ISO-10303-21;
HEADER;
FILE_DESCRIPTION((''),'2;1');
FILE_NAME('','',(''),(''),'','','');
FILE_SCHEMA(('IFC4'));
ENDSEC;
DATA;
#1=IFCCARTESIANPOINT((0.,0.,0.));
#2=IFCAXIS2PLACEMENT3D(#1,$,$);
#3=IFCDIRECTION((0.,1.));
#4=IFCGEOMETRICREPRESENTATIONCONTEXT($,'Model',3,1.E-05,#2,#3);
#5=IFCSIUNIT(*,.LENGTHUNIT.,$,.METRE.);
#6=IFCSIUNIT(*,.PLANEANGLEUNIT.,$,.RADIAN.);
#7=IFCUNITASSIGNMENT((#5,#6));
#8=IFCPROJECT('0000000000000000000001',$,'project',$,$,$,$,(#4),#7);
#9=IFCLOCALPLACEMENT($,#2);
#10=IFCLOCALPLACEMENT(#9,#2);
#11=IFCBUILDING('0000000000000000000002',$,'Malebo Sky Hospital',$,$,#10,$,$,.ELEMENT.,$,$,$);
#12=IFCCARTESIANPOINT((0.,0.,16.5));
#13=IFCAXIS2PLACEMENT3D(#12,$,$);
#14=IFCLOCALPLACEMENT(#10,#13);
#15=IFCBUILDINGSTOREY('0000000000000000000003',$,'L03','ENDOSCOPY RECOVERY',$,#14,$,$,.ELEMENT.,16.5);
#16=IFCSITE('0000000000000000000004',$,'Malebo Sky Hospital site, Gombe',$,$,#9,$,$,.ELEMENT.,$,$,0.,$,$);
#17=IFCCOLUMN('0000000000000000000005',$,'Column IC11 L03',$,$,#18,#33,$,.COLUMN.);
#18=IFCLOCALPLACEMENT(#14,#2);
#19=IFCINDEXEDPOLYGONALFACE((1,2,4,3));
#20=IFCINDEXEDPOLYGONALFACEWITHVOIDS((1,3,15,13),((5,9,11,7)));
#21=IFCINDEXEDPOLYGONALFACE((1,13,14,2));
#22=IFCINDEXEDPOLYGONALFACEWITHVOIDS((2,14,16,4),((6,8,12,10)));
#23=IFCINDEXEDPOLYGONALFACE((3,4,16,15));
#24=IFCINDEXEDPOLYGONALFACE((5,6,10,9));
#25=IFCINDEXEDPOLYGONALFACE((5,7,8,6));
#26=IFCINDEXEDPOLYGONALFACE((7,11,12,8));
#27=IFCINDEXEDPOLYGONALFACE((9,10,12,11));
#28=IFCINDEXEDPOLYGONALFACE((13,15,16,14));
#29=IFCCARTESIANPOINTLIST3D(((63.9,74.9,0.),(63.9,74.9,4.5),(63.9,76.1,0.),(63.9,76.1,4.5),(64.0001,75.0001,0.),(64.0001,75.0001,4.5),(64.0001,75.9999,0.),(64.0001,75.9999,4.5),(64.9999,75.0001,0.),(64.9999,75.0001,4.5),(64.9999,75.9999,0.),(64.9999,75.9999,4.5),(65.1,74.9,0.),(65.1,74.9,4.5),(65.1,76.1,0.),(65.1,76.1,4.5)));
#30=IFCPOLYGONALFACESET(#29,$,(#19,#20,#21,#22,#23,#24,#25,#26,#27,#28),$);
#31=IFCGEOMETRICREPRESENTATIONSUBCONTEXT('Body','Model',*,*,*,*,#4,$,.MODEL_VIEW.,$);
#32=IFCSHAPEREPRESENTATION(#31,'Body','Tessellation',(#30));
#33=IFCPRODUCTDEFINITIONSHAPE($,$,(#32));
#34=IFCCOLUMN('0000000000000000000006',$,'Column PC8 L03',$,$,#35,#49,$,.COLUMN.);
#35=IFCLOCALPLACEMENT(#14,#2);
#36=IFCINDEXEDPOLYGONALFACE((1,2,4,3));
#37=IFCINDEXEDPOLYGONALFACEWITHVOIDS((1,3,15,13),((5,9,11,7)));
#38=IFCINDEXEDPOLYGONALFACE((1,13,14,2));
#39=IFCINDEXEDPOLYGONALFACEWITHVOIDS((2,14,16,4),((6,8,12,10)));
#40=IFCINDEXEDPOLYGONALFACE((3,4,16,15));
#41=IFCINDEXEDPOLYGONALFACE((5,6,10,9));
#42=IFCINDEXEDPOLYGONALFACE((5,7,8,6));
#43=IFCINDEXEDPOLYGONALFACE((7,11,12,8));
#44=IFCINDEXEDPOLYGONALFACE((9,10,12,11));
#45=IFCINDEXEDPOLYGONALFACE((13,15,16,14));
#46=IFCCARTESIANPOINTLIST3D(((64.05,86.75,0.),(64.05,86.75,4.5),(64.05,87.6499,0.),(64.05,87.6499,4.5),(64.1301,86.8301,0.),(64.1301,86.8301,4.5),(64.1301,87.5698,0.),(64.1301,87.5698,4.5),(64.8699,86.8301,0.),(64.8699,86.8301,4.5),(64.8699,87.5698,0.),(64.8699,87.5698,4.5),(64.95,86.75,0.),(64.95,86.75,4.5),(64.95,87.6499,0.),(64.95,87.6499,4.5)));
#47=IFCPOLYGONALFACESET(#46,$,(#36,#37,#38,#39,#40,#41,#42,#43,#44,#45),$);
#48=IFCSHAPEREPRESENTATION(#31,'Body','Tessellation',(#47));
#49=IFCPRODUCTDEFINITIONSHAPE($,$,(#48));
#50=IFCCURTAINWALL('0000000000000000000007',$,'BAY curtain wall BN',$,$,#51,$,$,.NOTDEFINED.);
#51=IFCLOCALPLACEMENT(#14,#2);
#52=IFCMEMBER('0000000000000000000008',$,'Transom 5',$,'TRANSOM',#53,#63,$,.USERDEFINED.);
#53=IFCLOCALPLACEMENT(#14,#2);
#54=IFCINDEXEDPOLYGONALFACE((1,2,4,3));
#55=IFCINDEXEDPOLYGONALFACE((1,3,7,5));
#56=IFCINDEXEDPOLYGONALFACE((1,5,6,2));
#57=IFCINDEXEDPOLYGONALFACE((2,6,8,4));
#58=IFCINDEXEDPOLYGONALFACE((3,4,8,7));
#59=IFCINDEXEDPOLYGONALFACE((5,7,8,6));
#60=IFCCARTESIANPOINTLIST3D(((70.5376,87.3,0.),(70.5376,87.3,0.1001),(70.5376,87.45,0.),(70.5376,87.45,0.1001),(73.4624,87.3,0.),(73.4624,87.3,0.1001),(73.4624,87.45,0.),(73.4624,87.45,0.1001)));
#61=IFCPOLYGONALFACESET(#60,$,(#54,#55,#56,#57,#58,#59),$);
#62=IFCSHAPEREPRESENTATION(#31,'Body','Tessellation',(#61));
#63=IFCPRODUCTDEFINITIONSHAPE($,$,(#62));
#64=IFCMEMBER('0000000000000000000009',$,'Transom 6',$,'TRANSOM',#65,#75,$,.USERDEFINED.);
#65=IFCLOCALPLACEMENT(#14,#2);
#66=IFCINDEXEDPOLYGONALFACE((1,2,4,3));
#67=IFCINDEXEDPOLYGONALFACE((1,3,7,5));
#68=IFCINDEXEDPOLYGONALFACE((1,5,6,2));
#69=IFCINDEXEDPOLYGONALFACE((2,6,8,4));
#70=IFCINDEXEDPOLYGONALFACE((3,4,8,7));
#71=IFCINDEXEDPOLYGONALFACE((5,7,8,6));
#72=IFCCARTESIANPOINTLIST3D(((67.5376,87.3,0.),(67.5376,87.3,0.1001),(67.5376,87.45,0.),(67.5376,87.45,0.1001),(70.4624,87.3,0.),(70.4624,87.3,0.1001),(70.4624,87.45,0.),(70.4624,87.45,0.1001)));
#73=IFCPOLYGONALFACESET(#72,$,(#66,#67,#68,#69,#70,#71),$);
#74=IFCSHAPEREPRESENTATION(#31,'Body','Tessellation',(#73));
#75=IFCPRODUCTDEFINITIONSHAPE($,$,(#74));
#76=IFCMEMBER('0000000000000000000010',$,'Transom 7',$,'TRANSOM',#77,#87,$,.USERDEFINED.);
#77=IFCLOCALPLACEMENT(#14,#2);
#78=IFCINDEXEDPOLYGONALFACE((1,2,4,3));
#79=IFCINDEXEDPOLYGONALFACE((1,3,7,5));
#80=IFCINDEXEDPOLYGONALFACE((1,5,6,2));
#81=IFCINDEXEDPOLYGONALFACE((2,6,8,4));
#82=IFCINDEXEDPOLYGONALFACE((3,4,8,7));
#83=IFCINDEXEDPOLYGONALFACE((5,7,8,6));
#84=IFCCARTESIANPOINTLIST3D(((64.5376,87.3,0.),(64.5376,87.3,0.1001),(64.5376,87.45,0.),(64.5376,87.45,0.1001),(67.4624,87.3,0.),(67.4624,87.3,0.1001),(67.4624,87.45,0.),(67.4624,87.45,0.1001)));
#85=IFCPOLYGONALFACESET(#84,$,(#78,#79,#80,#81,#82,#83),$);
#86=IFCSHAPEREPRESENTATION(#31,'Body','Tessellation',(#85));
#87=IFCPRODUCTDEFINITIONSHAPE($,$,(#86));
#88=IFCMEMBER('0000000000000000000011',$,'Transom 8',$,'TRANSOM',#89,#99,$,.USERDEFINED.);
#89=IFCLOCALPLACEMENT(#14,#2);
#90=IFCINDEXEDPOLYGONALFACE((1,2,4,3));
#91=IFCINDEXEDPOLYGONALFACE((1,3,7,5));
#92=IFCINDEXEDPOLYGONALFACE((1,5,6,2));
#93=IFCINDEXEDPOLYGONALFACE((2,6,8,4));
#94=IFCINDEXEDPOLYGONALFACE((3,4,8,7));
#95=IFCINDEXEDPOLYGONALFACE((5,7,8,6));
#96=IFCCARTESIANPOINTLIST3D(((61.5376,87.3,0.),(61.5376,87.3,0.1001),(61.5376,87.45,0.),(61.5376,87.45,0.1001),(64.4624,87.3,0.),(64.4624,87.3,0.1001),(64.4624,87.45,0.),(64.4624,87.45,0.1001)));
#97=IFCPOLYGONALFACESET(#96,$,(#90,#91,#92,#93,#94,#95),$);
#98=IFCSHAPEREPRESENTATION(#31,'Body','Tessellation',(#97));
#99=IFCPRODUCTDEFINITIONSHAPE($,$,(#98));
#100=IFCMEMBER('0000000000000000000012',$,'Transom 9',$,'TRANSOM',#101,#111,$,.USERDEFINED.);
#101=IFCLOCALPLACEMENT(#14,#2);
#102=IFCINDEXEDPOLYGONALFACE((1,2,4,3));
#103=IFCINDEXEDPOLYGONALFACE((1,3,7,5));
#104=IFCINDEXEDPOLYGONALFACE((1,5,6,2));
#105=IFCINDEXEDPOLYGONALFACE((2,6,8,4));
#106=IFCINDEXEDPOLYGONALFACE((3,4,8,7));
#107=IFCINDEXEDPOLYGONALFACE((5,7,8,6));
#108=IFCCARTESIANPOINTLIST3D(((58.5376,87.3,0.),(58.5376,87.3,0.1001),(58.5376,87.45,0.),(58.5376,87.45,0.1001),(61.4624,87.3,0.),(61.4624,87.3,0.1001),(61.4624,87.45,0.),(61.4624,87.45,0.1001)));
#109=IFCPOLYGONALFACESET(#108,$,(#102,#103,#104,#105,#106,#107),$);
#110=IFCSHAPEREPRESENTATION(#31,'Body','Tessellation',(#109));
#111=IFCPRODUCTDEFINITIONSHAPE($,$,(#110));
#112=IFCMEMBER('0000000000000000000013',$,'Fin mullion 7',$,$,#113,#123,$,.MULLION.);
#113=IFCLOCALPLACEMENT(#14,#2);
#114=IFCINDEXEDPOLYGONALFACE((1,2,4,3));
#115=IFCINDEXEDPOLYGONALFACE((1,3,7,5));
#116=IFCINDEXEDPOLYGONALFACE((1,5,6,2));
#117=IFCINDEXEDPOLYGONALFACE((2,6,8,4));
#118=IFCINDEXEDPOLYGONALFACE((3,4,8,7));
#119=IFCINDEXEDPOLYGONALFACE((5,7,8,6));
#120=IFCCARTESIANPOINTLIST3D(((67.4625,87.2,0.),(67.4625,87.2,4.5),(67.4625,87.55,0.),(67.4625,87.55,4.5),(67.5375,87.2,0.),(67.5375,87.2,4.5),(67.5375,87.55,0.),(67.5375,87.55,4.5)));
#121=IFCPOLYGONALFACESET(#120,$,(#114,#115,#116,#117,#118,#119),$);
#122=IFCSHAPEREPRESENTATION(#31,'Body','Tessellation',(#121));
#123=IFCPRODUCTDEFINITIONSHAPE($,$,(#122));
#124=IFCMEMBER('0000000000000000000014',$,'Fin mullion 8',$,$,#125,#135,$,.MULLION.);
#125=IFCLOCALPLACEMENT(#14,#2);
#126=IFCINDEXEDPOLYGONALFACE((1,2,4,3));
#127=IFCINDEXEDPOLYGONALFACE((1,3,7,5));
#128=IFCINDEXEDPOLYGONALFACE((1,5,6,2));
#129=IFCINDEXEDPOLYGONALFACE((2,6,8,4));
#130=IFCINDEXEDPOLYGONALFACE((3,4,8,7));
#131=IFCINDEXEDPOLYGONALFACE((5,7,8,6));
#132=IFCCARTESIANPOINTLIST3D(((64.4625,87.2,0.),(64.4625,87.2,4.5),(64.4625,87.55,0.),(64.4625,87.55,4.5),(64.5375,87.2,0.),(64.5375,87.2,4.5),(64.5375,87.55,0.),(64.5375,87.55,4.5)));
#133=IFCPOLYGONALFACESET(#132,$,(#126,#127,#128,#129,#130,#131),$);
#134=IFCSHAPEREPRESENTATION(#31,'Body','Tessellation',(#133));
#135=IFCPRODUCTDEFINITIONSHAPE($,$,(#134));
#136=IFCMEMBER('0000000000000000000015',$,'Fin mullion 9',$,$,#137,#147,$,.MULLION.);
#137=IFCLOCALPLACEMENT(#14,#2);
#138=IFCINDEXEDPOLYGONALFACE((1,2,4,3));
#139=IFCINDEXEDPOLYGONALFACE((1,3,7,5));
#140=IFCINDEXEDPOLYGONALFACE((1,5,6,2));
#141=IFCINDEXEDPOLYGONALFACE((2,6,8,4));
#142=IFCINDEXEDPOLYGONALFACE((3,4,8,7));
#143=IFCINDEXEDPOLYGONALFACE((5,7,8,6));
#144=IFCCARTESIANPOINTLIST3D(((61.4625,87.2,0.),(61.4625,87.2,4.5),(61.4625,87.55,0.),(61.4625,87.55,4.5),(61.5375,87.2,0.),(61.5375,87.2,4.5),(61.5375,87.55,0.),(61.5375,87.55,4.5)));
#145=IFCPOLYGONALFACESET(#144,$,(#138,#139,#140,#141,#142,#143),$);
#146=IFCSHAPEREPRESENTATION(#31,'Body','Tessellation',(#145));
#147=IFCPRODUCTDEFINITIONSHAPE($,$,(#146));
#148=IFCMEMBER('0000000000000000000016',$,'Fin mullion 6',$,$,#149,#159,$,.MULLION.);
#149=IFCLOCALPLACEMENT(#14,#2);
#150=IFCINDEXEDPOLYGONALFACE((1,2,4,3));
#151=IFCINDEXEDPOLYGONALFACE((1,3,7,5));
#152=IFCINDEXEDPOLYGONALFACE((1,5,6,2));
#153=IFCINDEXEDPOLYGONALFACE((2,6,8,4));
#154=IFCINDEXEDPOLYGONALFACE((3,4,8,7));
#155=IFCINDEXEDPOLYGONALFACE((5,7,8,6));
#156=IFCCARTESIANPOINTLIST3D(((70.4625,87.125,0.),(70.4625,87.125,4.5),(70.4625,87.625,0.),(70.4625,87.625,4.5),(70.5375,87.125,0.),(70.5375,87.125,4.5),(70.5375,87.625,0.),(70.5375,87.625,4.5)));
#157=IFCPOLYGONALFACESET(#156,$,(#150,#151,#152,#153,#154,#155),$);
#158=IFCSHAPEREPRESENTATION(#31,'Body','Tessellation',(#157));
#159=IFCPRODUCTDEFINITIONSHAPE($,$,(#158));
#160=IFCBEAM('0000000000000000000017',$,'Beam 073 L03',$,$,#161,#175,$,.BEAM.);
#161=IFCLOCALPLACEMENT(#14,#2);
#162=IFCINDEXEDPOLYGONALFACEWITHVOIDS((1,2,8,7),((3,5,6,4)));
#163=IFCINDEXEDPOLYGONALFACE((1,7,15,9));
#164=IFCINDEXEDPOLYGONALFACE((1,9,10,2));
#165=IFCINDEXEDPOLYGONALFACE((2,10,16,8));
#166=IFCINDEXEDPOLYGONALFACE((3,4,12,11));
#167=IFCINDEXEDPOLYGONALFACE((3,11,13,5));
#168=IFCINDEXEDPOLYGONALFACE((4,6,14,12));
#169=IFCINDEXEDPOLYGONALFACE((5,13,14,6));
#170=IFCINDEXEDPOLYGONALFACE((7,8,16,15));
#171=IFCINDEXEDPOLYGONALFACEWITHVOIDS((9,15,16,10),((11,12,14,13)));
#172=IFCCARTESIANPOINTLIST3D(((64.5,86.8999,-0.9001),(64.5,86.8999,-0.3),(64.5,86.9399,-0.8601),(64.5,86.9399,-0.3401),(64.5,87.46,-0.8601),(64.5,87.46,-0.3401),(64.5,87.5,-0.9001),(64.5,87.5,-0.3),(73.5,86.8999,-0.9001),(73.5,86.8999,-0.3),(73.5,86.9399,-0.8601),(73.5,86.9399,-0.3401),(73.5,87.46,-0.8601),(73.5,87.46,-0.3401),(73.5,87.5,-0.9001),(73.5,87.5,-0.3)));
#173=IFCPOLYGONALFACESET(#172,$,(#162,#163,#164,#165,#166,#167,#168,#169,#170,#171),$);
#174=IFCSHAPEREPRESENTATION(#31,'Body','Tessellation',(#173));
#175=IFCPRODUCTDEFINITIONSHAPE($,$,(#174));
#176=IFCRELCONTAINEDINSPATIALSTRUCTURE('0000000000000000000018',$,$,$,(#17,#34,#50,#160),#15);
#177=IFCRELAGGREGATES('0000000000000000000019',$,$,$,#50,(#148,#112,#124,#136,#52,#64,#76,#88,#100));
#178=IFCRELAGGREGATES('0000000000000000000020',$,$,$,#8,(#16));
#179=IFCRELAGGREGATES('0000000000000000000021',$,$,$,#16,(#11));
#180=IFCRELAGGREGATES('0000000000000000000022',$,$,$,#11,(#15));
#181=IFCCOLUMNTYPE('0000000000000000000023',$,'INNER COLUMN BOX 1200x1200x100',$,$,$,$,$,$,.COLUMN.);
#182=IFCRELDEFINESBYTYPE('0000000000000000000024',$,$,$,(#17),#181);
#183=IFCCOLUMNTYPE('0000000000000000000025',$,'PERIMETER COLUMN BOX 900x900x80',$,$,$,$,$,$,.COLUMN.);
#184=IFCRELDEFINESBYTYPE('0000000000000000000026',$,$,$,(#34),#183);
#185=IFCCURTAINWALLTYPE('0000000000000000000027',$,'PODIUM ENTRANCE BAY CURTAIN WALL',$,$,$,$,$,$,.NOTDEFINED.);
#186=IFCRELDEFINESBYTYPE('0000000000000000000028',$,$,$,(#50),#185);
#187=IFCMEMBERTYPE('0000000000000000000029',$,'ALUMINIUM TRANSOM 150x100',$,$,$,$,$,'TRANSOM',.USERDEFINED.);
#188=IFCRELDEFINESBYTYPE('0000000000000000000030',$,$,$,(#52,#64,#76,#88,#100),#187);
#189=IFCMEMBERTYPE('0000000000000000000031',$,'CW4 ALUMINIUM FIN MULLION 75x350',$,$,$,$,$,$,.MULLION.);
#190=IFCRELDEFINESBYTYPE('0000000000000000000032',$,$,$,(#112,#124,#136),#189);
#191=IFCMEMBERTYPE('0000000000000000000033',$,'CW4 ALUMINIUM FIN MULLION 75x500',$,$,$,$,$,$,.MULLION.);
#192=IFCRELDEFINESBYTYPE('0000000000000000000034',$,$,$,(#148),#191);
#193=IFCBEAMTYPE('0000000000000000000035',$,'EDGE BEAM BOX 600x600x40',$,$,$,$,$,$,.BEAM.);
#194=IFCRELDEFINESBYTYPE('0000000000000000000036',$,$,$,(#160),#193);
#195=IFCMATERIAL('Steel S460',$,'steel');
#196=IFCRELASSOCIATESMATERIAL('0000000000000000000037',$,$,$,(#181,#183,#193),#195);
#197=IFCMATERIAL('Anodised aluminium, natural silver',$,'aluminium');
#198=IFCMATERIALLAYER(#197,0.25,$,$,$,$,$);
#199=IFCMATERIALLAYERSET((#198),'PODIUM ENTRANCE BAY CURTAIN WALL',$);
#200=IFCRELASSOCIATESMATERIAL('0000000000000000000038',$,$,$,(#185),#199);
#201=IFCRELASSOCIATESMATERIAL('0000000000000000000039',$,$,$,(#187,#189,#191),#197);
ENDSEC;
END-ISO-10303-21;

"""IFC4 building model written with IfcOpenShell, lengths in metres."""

from ifc_helpers import new_model, si_unit, direction, frame, origin, origin_2d, place, context, subcontext, project, spatial, rectangle, hollow_rectangle, extrude, material, layer, layer_set, material_profile, profile_set, type_object, element, aggregate, save


model = new_model("IFC4")

# Units and contexts
model_context = context("Model", 3, precision=1e-05, world=origin(), true_north=direction((0.0, 1.0)))
body_context = subcontext(model_context, "Body", "Model", "MODEL_VIEW")
ifc_project = project(units=[si_unit("LENGTHUNIT", "METRE"), si_unit("PLANEANGLEUNIT", "RADIAN")], contexts=[model_context])

# Site, building, storey
site_placement = place(None, origin())
site = spatial("IfcSite", under=ifc_project, at=site_placement, Name="Malebo Sky Hospital site, Gombe", CompositionType="ELEMENT", RefElevation=0.0)
building_placement = place(site_placement, origin())
building = spatial("IfcBuilding", under=site, at=building_placement, Name="Malebo Sky Hospital", CompositionType="ELEMENT")
storey_placement = place(building_placement, frame((0.0, 0.0, 16.5)))
storey = spatial("IfcBuildingStorey", under=building, at=storey_placement, Name="L03", Description="ENDOSCOPY RECOVERY", CompositionType="ELEMENT", Elevation=16.5)

# Columns
ifc_material_1 = material(Name="Steel S460", Category="steel")
ifc_material_profile_1 = material_profile(ifc_material_1, hollow_rectangle(XDim=1.2, YDim=1.2, WallThickness=0.1001, at=origin_2d()), Name="BOX 1200x1200x100")
ifc_profile_set_1 = profile_set([ifc_material_profile_1], Name="Steel S460")
column_type_1 = type_object("IfcColumnType", Name="INNER COLUMN BOX 1200x1200x100", PredefinedType="COLUMN", material=ifc_profile_set_1)
column_1_placement = place(storey_placement, frame((64.5, 75.5, 0.0), z_axis=(0.0, 0.0, 1.0), x_axis=(1.0, 0.0, 0.0)))
element("IfcColumn", 1, at=column_1_placement, inside=storey, type_object=column_type_1, Name="Column IC11 L03", PredefinedType="COLUMN", context=body_context, shape_type="SweptSolid", body=[
    extrude(hollow_rectangle(XDim=1.2, YDim=1.2, WallThickness=0.1001, at=origin_2d()), origin(), (0.0, 0.0, 1.0), 4.5),
])
ifc_material_profile_2 = material_profile(ifc_material_1, hollow_rectangle(XDim=0.8999, YDim=0.8999, WallThickness=0.0801, at=origin_2d()), Name="BOX 900x900x80")
ifc_profile_set_2 = profile_set([ifc_material_profile_2], Name="Steel S460")
column_type_2 = type_object("IfcColumnType", Name="PERIMETER COLUMN BOX 900x900x80", PredefinedType="COLUMN", material=ifc_profile_set_2)
column_2_placement = place(storey_placement, frame((64.5, 87.2, 0.0), z_axis=(0.0, 0.0, 1.0), x_axis=(1.0, 0.0, 0.0)))
element("IfcColumn", 2, at=column_2_placement, inside=storey, type_object=column_type_2, Name="Column PC8 L03", PredefinedType="COLUMN", context=body_context, shape_type="SweptSolid", body=[
    extrude(hollow_rectangle(XDim=0.8999, YDim=0.8999, WallThickness=0.0801, at=origin_2d()), origin(), (0.0, 0.0, 1.0), 4.5),
])

# Curtain wall, members
ifc_material_2 = material(Name="Anodised aluminium, natural silver", Category="aluminium")
ifc_layer_1 = layer(ifc_material_2, 0.25)
ifc_layer_set_1 = layer_set([ifc_layer_1], Name="PODIUM ENTRANCE BAY CURTAIN WALL")
curtain_wall_type = type_object("IfcCurtainWallType", Name="PODIUM ENTRANCE BAY CURTAIN WALL", PredefinedType="NOTDEFINED", material=ifc_layer_set_1)
curtain_wall_placement = place(storey_placement, origin())
curtain_wall = element("IfcCurtainWall", 3, at=curtain_wall_placement, inside=storey, type_object=curtain_wall_type, Name="BAY curtain wall BN", PredefinedType="NOTDEFINED")
ifc_material_profile_3 = material_profile(ifc_material_2, rectangle(XDim=0.1499, YDim=0.1001, at=origin_2d()), Name="ALUMINIUM TRANSOM 150x100")
ifc_profile_set_3 = profile_set([ifc_material_profile_3], Name="Anodised aluminium, natural silver")
member_type_1 = type_object("IfcMemberType", Name="ALUMINIUM TRANSOM 150x100", ElementType="TRANSOM", PredefinedType="USERDEFINED", material=ifc_profile_set_3)
member_1_placement = place(storey_placement, frame((73.4624, 87.375, 0.05), z_axis=(-1.0, 0.0, 0.0), x_axis=(0.0, -1.0, 0.0)))
member_1 = element("IfcMember", 4, at=member_1_placement, type_object=member_type_1, Name="Transom 5", ObjectType="TRANSOM", PredefinedType="USERDEFINED", context=body_context, shape_type="SweptSolid", body=[
    extrude(rectangle(XDim=0.1499, YDim=0.1001, at=origin_2d()), origin(), (0.0, 0.0, 1.0), 2.9248),
])
member_2_placement = place(storey_placement, frame((70.4624, 87.375, 0.05), z_axis=(-1.0, 0.0, 0.0), x_axis=(0.0, -1.0, 0.0)))
member_2 = element("IfcMember", 5, at=member_2_placement, type_object=member_type_1, Name="Transom 6", ObjectType="TRANSOM", PredefinedType="USERDEFINED", context=body_context, shape_type="SweptSolid", body=[
    extrude(rectangle(XDim=0.1499, YDim=0.1001, at=origin_2d()), origin(), (0.0, 0.0, 1.0), 2.9248),
])
member_3_placement = place(storey_placement, frame((67.4624, 87.375, 0.05), z_axis=(-1.0, 0.0, 0.0), x_axis=(0.0, -1.0, 0.0)))
member_3 = element("IfcMember", 6, at=member_3_placement, type_object=member_type_1, Name="Transom 7", ObjectType="TRANSOM", PredefinedType="USERDEFINED", context=body_context, shape_type="SweptSolid", body=[
    extrude(rectangle(XDim=0.1499, YDim=0.1001, at=origin_2d()), origin(), (0.0, 0.0, 1.0), 2.9248),
])
member_4_placement = place(storey_placement, frame((64.4624, 87.375, 0.05), z_axis=(-1.0, 0.0, 0.0), x_axis=(0.0, -1.0, 0.0)))
member_4 = element("IfcMember", 7, at=member_4_placement, type_object=member_type_1, Name="Transom 8", ObjectType="TRANSOM", PredefinedType="USERDEFINED", context=body_context, shape_type="SweptSolid", body=[
    extrude(rectangle(XDim=0.1499, YDim=0.1001, at=origin_2d()), origin(), (0.0, 0.0, 1.0), 2.9248),
])
member_5_placement = place(storey_placement, frame((61.4624, 87.375, 0.05), z_axis=(-1.0, 0.0, 0.0), x_axis=(0.0, -1.0, 0.0)))
member_5 = element("IfcMember", 8, at=member_5_placement, type_object=member_type_1, Name="Transom 9", ObjectType="TRANSOM", PredefinedType="USERDEFINED", context=body_context, shape_type="SweptSolid", body=[
    extrude(rectangle(XDim=0.1499, YDim=0.1001, at=origin_2d()), origin(), (0.0, 0.0, 1.0), 2.9248),
])
ifc_material_profile_4 = material_profile(ifc_material_2, rectangle(XDim=0.075, YDim=0.3501, at=origin_2d()), Name="CW4 ALUMINIUM FIN MULLION 75x350")
ifc_profile_set_4 = profile_set([ifc_material_profile_4], Name="Anodised aluminium, natural silver")
member_type_2 = type_object("IfcMemberType", Name="CW4 ALUMINIUM FIN MULLION 75x350", PredefinedType="MULLION", material=ifc_profile_set_4)
member_6_placement = place(storey_placement, frame((67.5, 87.375, 0.0), z_axis=(0.0, 0.0, 1.0), x_axis=(-1.0, 0.0, 0.0)))
member_6 = element("IfcMember", 9, at=member_6_placement, type_object=member_type_2, Name="Fin mullion 7", PredefinedType="MULLION", context=body_context, shape_type="SweptSolid", body=[
    extrude(rectangle(XDim=0.075, YDim=0.3501, at=origin_2d()), origin(), (0.0, 0.0, 1.0), 4.5),
])
member_7_placement = place(storey_placement, frame((64.5, 87.375, 0.0), z_axis=(0.0, 0.0, 1.0), x_axis=(-1.0, 0.0, 0.0)))
member_7 = element("IfcMember", 10, at=member_7_placement, type_object=member_type_2, Name="Fin mullion 8", PredefinedType="MULLION", context=body_context, shape_type="SweptSolid", body=[
    extrude(rectangle(XDim=0.075, YDim=0.3501, at=origin_2d()), origin(), (0.0, 0.0, 1.0), 4.5),
])
member_8_placement = place(storey_placement, frame((61.5, 87.375, 0.0), z_axis=(0.0, 0.0, 1.0), x_axis=(-1.0, 0.0, 0.0)))
member_8 = element("IfcMember", 11, at=member_8_placement, type_object=member_type_2, Name="Fin mullion 9", PredefinedType="MULLION", context=body_context, shape_type="SweptSolid", body=[
    extrude(rectangle(XDim=0.075, YDim=0.3501, at=origin_2d()), origin(), (0.0, 0.0, 1.0), 4.5),
])
ifc_material_profile_5 = material_profile(ifc_material_2, rectangle(XDim=0.075, YDim=0.5, at=origin_2d()), Name="CW4 ALUMINIUM FIN MULLION 75x500")
ifc_profile_set_5 = profile_set([ifc_material_profile_5], Name="Anodised aluminium, natural silver")
member_type_3 = type_object("IfcMemberType", Name="CW4 ALUMINIUM FIN MULLION 75x500", PredefinedType="MULLION", material=ifc_profile_set_5)
member_9_placement = place(storey_placement, frame((70.5, 87.375, 0.0), z_axis=(0.0, 0.0, 1.0), x_axis=(-1.0, 0.0, 0.0)))
member_9 = element("IfcMember", 12, at=member_9_placement, type_object=member_type_3, Name="Fin mullion 6", PredefinedType="MULLION", context=body_context, shape_type="SweptSolid", body=[
    extrude(rectangle(XDim=0.075, YDim=0.5, at=origin_2d()), origin(), (0.0, 0.0, 1.0), 4.5),
])

# Beam
ifc_material_profile_6 = material_profile(ifc_material_1, hollow_rectangle(XDim=0.6001, YDim=0.6001, WallThickness=0.04, at=origin_2d()), Name="BOX 600x600x40")
ifc_profile_set_6 = profile_set([ifc_material_profile_6], Name="Steel S460")
beam_type_1 = type_object("IfcBeamType", Name="EDGE BEAM BOX 600x600x40", PredefinedType="BEAM", material=ifc_profile_set_6)
beam_1_placement = place(storey_placement, frame((64.5, 87.2, -0.6001), z_axis=(1.0, 0.0, 0.0), x_axis=(0.0, 1.0, 0.0)))
element("IfcBeam", 13, at=beam_1_placement, inside=storey, type_object=beam_type_1, Name="Beam 073 L03", PredefinedType="BEAM", context=body_context, shape_type="SweptSolid", body=[
    extrude(hollow_rectangle(XDim=0.6001, YDim=0.6001, WallThickness=0.04, at=origin_2d()), origin(), (0.0, 0.0, 1.0), 9.0),
])

aggregate(curtain_wall, [member_9, member_6, member_7, member_8, member_1, member_2, member_3, member_4, member_5])

save(model, "model.ifc")
